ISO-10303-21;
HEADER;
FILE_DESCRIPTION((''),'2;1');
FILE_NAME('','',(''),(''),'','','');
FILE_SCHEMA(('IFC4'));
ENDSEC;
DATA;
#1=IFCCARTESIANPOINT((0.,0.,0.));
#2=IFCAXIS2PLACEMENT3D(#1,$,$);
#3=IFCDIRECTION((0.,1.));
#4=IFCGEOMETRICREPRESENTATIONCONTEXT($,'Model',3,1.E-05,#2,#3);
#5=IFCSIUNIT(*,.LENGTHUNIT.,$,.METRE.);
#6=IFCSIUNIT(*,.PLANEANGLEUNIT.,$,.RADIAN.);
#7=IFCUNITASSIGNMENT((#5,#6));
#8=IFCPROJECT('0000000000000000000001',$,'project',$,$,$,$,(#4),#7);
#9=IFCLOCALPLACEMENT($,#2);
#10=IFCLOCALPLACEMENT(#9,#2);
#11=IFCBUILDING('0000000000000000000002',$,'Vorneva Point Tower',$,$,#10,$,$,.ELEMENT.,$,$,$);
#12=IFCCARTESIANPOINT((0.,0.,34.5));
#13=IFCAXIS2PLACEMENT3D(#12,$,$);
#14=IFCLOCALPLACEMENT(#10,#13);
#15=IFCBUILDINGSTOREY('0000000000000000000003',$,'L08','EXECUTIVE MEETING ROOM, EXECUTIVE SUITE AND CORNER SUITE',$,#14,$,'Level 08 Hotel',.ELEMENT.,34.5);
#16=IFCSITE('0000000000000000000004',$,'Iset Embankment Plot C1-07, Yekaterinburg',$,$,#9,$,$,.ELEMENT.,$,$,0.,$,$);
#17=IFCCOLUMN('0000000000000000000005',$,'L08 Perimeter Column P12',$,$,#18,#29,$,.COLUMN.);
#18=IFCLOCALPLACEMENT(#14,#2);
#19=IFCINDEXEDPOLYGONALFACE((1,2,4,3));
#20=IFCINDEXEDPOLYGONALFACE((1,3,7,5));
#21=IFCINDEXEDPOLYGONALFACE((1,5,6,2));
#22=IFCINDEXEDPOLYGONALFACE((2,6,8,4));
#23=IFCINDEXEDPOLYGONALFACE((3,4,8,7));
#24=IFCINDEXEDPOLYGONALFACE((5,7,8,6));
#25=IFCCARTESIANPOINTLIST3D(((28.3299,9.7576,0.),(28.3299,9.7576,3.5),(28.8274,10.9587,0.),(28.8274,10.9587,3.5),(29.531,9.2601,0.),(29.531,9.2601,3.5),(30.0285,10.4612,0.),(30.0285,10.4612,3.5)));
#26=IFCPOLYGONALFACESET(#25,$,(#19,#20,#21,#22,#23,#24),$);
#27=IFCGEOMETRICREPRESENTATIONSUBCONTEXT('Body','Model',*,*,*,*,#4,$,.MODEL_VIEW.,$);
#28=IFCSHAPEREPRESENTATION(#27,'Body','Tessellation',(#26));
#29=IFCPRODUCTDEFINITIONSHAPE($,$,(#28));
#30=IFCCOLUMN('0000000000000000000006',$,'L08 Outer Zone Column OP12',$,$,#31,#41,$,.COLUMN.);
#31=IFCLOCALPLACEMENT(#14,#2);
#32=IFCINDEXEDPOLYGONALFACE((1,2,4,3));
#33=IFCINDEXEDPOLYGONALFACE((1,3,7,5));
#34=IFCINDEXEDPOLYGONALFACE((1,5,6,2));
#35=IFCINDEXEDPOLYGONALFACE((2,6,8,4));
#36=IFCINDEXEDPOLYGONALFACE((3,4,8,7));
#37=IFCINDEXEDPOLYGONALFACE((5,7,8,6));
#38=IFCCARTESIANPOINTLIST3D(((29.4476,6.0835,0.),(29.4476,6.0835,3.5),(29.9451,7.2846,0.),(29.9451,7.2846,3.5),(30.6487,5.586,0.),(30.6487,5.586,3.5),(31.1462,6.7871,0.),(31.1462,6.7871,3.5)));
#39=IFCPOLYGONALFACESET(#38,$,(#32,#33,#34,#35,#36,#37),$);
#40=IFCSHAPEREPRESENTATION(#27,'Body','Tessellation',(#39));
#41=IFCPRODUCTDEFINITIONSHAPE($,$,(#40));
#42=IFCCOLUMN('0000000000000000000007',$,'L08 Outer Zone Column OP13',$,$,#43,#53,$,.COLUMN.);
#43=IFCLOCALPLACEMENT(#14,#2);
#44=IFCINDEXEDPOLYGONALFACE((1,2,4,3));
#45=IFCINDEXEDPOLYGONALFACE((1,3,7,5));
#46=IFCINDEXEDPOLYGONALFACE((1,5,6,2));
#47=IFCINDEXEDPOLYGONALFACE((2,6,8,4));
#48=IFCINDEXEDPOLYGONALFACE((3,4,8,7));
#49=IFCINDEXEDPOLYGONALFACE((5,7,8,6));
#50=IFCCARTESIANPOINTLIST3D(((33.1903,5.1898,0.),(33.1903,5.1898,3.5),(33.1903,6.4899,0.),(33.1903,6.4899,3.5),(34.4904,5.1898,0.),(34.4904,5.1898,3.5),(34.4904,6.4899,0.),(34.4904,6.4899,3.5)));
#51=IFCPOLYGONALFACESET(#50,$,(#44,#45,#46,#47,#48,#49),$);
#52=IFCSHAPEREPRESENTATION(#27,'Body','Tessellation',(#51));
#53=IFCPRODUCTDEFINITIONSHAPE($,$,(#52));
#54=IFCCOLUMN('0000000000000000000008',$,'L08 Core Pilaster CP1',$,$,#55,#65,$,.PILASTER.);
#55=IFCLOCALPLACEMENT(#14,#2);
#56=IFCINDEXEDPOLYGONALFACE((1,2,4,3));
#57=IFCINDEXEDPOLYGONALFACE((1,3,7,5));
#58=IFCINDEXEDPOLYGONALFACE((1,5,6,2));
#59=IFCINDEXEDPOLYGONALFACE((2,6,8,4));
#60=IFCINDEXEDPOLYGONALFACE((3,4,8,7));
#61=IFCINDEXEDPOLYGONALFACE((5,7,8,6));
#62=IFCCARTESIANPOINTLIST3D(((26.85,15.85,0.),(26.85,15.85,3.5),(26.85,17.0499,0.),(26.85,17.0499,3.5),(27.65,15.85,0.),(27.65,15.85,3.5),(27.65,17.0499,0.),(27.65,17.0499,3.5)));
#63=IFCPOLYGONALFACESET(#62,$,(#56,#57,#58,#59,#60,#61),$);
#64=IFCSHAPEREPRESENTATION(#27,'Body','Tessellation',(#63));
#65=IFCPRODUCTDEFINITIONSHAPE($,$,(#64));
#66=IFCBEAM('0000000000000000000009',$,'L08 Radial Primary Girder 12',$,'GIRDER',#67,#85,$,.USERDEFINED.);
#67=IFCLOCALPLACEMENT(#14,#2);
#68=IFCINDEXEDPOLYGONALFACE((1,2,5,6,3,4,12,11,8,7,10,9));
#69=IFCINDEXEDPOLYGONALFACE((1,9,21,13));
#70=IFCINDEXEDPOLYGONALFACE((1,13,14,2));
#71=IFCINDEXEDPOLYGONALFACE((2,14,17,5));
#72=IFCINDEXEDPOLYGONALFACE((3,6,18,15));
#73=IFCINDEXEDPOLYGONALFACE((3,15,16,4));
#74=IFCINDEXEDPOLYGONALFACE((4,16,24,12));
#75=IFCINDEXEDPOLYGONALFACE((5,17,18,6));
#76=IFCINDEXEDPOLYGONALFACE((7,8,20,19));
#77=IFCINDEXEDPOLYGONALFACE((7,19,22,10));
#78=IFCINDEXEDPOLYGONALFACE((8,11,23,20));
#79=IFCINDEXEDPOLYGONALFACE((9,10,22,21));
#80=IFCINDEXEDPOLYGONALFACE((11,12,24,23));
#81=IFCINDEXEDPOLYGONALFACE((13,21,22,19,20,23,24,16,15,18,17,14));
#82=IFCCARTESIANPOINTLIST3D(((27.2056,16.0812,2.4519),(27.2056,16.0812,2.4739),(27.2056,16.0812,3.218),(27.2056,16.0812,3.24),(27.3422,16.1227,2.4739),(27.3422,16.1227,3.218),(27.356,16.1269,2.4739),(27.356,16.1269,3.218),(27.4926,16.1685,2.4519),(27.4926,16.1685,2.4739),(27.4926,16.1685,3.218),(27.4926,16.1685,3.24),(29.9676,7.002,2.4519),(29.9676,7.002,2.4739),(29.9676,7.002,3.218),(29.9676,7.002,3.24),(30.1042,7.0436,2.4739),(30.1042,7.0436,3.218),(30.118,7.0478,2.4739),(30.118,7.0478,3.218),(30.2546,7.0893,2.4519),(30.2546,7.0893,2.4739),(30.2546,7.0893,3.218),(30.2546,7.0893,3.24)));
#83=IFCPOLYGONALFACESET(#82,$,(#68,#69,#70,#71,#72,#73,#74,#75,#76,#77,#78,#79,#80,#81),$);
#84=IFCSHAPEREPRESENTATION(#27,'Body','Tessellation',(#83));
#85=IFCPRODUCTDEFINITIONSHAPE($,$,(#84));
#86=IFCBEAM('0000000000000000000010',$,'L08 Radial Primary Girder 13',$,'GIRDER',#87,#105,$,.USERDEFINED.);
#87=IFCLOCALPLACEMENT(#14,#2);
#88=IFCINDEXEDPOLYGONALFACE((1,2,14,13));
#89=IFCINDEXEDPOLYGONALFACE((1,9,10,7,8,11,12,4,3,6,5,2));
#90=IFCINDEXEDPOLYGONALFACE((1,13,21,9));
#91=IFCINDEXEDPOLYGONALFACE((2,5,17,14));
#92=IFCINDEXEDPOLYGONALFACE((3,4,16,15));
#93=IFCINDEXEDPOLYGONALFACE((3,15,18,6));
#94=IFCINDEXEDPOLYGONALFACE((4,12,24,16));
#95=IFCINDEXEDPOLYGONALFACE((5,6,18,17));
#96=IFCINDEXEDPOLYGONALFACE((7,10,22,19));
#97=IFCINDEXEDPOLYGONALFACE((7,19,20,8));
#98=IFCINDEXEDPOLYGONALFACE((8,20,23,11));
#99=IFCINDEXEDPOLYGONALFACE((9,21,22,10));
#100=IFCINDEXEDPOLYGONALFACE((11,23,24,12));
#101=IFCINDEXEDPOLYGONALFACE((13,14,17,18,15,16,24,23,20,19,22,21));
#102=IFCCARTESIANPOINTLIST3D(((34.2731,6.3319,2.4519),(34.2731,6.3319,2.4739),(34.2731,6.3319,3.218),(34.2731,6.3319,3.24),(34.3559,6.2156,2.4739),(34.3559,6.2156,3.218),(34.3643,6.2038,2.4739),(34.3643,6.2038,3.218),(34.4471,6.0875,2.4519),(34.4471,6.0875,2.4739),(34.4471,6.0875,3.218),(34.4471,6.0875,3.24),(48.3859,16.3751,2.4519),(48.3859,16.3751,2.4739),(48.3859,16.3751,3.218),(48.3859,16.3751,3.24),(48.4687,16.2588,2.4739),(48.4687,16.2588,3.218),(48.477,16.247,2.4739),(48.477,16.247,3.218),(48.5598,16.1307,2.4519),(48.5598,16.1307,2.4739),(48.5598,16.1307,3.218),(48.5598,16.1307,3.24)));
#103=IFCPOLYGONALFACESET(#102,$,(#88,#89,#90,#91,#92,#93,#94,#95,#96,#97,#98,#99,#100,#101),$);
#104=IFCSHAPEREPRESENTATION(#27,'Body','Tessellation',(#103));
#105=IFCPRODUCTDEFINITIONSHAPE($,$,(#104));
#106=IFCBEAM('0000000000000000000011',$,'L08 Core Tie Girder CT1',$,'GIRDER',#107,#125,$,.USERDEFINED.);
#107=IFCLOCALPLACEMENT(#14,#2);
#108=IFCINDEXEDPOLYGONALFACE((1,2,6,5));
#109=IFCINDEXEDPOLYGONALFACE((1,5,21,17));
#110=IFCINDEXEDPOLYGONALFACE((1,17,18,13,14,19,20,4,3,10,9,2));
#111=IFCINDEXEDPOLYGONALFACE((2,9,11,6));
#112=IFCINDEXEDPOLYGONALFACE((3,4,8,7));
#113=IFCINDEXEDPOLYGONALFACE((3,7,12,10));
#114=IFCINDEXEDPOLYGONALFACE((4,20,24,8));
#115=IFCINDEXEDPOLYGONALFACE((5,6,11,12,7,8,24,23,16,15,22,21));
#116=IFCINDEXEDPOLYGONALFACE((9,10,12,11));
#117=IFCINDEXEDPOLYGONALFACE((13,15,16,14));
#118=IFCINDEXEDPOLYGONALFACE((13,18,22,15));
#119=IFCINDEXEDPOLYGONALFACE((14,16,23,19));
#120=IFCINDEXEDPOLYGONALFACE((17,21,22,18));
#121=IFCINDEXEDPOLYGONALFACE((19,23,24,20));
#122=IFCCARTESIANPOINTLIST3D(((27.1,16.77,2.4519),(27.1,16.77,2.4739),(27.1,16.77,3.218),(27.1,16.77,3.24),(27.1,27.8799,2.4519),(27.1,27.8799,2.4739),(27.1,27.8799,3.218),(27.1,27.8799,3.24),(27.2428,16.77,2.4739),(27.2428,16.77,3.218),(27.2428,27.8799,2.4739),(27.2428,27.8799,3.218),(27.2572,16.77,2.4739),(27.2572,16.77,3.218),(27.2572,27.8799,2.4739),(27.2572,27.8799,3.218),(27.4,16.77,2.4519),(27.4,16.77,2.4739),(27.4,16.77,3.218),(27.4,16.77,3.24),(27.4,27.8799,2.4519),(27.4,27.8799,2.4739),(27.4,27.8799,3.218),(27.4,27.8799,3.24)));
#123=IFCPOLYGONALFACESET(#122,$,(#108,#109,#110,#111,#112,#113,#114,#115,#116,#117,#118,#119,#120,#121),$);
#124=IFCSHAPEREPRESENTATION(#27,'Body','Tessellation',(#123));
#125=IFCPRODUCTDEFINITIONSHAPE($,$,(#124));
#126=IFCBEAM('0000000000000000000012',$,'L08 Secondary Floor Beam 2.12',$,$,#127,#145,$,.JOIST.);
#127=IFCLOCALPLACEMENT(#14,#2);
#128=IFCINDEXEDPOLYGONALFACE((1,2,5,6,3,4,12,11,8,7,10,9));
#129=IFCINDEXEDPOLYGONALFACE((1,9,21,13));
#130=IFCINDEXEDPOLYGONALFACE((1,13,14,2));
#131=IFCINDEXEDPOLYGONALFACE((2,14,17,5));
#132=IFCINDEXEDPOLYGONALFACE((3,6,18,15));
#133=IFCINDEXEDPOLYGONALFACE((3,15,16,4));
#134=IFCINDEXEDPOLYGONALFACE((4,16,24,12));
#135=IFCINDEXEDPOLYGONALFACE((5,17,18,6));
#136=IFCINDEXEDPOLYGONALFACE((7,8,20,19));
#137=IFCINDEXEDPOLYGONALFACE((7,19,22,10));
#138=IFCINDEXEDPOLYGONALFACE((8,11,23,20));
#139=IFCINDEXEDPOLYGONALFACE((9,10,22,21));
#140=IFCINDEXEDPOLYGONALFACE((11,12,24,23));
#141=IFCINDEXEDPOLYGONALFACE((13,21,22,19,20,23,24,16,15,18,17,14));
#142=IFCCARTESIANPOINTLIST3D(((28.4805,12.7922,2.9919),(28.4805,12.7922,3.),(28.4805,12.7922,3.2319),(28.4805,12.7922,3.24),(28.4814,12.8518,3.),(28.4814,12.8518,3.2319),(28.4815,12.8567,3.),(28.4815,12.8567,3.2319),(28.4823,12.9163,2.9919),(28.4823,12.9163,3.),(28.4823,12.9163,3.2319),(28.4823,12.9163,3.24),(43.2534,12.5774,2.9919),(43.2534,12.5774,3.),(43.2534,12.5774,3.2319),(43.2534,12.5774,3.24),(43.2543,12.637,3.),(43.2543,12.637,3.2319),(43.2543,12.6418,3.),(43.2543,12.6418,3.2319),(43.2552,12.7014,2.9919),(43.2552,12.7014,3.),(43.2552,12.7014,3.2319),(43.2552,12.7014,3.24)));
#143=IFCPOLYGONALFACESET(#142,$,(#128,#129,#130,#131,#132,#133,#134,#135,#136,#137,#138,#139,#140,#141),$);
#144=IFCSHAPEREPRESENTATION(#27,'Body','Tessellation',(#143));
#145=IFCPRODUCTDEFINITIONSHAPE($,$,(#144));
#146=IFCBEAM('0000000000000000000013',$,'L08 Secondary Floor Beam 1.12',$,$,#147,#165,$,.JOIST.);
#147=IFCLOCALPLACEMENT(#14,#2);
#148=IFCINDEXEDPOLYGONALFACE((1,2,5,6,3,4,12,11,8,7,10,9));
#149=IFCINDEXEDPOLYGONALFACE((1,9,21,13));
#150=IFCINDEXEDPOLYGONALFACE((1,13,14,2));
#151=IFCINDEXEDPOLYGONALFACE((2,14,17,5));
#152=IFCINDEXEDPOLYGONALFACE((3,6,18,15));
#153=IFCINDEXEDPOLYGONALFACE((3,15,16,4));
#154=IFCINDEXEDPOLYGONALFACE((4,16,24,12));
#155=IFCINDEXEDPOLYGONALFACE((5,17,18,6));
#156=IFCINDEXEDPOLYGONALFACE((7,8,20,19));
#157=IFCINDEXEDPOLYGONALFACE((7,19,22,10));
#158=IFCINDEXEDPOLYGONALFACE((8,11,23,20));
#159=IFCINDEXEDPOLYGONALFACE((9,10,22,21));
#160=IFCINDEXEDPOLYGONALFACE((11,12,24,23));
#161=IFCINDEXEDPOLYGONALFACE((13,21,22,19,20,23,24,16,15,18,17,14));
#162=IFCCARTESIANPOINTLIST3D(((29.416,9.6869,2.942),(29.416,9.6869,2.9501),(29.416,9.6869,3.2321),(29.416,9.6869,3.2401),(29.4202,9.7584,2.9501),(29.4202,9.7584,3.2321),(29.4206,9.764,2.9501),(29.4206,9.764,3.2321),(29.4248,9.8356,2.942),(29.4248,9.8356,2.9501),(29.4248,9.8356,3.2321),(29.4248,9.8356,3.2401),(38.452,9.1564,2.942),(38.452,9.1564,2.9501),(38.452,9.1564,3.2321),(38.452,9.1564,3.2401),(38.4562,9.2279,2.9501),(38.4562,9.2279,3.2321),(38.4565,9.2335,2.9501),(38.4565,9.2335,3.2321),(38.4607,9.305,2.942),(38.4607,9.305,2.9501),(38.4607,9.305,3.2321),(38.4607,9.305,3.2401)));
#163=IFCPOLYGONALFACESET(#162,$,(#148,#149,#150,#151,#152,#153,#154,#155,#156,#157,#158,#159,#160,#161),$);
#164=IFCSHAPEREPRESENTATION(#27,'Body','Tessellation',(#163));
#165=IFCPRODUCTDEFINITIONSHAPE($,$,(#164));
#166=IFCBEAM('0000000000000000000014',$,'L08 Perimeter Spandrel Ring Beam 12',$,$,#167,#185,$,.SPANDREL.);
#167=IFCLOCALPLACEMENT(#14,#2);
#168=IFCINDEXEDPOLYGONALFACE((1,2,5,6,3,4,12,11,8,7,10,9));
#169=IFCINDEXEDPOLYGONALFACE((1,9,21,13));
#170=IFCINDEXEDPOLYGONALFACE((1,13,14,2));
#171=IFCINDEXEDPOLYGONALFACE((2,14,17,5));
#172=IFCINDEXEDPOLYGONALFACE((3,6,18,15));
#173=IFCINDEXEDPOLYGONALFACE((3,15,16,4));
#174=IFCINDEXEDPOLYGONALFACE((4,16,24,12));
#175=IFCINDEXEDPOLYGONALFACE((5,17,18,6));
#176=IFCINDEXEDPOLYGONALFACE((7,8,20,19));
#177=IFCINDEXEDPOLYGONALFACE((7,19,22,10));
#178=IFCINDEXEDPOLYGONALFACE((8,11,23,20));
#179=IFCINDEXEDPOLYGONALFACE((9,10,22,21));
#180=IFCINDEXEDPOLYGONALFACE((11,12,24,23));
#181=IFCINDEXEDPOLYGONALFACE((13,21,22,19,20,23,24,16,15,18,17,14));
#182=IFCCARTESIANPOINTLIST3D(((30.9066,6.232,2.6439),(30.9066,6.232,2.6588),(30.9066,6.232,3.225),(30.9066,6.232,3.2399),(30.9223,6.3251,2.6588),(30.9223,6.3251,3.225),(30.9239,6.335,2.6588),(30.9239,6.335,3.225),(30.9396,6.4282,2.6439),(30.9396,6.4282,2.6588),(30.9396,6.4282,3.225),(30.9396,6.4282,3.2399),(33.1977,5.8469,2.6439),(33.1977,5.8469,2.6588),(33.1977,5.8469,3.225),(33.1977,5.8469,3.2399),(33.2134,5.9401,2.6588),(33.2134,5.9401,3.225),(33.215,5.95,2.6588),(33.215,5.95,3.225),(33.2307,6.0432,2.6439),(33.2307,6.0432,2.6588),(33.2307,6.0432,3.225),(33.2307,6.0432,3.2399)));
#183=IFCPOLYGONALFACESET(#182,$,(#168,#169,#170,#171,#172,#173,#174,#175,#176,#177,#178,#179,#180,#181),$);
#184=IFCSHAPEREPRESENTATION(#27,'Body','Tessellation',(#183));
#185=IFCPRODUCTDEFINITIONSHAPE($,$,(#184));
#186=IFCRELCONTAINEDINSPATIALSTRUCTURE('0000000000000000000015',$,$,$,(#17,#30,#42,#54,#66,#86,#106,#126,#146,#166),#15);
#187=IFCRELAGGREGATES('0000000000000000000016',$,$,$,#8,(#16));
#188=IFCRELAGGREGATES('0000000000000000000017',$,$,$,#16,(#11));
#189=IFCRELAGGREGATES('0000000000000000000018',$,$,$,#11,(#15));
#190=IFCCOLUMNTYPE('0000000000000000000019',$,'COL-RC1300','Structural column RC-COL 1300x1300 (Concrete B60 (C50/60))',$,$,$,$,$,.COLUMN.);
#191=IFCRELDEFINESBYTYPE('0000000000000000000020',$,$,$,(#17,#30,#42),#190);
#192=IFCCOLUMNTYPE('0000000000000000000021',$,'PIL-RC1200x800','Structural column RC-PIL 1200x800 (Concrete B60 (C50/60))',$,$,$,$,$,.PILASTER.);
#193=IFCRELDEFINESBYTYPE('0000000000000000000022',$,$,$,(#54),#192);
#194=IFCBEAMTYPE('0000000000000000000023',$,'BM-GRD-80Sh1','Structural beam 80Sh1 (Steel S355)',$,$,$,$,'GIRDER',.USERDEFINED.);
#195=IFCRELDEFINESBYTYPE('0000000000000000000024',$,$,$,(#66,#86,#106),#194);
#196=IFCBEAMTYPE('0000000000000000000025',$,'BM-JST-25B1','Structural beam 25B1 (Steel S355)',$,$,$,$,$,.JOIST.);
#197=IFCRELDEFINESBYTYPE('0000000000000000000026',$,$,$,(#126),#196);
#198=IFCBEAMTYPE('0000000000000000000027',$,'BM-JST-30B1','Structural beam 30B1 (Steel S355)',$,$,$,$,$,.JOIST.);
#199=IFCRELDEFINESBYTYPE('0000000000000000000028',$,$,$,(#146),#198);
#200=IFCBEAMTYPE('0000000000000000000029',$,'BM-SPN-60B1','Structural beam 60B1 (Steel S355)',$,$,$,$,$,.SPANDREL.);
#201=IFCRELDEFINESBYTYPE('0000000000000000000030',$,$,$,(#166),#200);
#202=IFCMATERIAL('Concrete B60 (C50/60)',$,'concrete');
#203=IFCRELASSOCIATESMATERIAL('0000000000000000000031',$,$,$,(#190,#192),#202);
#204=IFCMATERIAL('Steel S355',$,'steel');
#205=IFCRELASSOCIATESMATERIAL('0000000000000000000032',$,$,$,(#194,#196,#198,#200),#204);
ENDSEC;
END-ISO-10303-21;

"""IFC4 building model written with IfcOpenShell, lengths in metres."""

from ifc_helpers import new_model, si_unit, direction, frame, origin, origin_2d, place, context, subcontext, project, spatial, rectangle, i_section, extrude, material, material_profile, profile_set, type_object, element, save


model = new_model("IFC4")

# Units and contexts
model_context = context("Model", 3, precision=1e-05, world=origin(), true_north=direction((0.0, 1.0)))
body_context = subcontext(model_context, "Body", "Model", "MODEL_VIEW")
ifc_project = project(units=[si_unit("LENGTHUNIT", "METRE"), si_unit("PLANEANGLEUNIT", "RADIAN")], contexts=[model_context])

# Site, building, storey
site_placement = place(None, origin())
site = spatial("IfcSite", under=ifc_project, at=site_placement, Name="Iset Embankment Plot C1-07, Yekaterinburg", CompositionType="ELEMENT", RefElevation=0.0)
building_placement = place(site_placement, origin())
building = spatial("IfcBuilding", under=site, at=building_placement, Name="Vorneva Point Tower", CompositionType="ELEMENT")
storey_placement = place(building_placement, frame((0.0, 0.0, 34.5)))
storey = spatial("IfcBuildingStorey", under=building, at=storey_placement, Name="L08", Description="EXECUTIVE MEETING ROOM, EXECUTIVE SUITE AND CORNER SUITE", LongName="Level 08 Hotel", CompositionType="ELEMENT", Elevation=34.5)

# Columns
ifc_material_1 = material(Name="Concrete B60 (C50/60)", Category="concrete")
ifc_material_profile_1 = material_profile(ifc_material_1, rectangle(XDim=1.3, YDim=1.3, at=origin_2d()), Name="RC-COL 1300x1300")
ifc_profile_set_1 = profile_set([ifc_material_profile_1], Name="Concrete B60 (C50/60)")
column_type_1 = type_object("IfcColumnType", Name="COL-RC1300", Description="Structural column RC-COL 1300x1300 (Concrete B60 (C50/60))", PredefinedType="COLUMN", material=ifc_profile_set_1)
for number, where, z_axis, x_axis, name in (
    (1, (29.1792, 10.1094, 0.0), (0.0, 0.0, 1.0), (-0.382683, -0.92388, 0.0), "L08 Perimeter Column P12"),
    (2, (30.2969, 6.4353, 0.0), (0.0, 0.0, 1.0), (-0.382683, -0.92388, 0.0), "L08 Outer Zone Column OP12"),
    (3, (33.8403, 5.8398, 0.0), (0.0, 0.0, 1.0), (0.0, -1.0, 0.0), "L08 Outer Zone Column OP13"),
):
    element("IfcColumn", number, at=place(storey_placement, frame(where, z_axis=z_axis, x_axis=x_axis)), inside=storey, type_object=column_type_1, Name=name, PredefinedType="COLUMN", context=body_context, shape_type="SweptSolid", body=[
        extrude(rectangle(XDim=1.3, YDim=1.3, at=origin_2d()), origin(), (0.0, 0.0, 1.0), 3.5),
    ])
ifc_material_profile_2 = material_profile(ifc_material_1, rectangle(XDim=0.8, YDim=1.2, at=origin_2d()), Name="RC-PIL 1200x800")
ifc_profile_set_2 = profile_set([ifc_material_profile_2], Name="Concrete B60 (C50/60)")
column_type_2 = type_object("IfcColumnType", Name="PIL-RC1200x800", Description="Structural column RC-PIL 1200x800 (Concrete B60 (C50/60))", PredefinedType="PILASTER", material=ifc_profile_set_2)
column_placement = place(storey_placement, frame((27.25, 16.45, 0.0), z_axis=(0.0, 0.0, 1.0), x_axis=(1.0, 0.0, 0.0)))
element("IfcColumn", 4, at=column_placement, inside=storey, type_object=column_type_2, Name="L08 Core Pilaster CP1", PredefinedType="PILASTER", context=body_context, shape_type="SweptSolid", body=[
    extrude(rectangle(XDim=0.8, YDim=1.2, at=origin_2d()), origin(), (0.0, 0.0, 1.0), 3.5),
])

# Beams
ifc_material_2 = material(Name="Steel S355", Category="steel")
ifc_material_profile_3 = material_profile(ifc_material_2, i_section(OverallWidth=0.3, OverallDepth=0.7881, WebThickness=0.0144, FlangeThickness=0.022, at=origin_2d()), Name="80Sh1")
ifc_profile_set_3 = profile_set([ifc_material_profile_3], Name="Steel S355")
beam_type_1 = type_object("IfcBeamType", Name="BM-GRD-80Sh1", Description="Structural beam 80Sh1 (Steel S355)", ElementType="GIRDER", PredefinedType="USERDEFINED", material=ifc_profile_set_3)
beam_1_placement = place(storey_placement, frame((30.1111, 7.0457, 2.8459), z_axis=(-0.291042, 0.95671, 0.0), x_axis=(-0.95671, -0.291042, 0.0)))
element("IfcBeam", 5, at=beam_1_placement, inside=storey, type_object=beam_type_1, Name="L08 Radial Primary Girder 12", ObjectType="GIRDER", PredefinedType="USERDEFINED", context=body_context, shape_type="SweptSolid", body=[
    extrude(i_section(OverallWidth=0.3, OverallDepth=0.7881, WebThickness=0.0144, FlangeThickness=0.022, at=origin_2d()), origin(), (0.0, 0.0, 1.0), 9.49),
])
beam_2_placement = place(storey_placement, frame((34.3601, 6.2097, 2.8459), z_axis=(0.814752, 0.579809, 0.0), x_axis=(-0.579809, 0.814752, 0.0)))
element("IfcBeam", 6, at=beam_2_placement, inside=storey, type_object=beam_type_1, Name="L08 Radial Primary Girder 13", ObjectType="GIRDER", PredefinedType="USERDEFINED", context=body_context, shape_type="SweptSolid", body=[
    extrude(i_section(OverallWidth=0.3, OverallDepth=0.7881, WebThickness=0.0144, FlangeThickness=0.022, at=origin_2d()), origin(), (0.0, 0.0, 1.0), 17.3215),
])
beam_3_placement = place(storey_placement, frame((27.25, 16.77, 2.8459), z_axis=(0.0, 1.0, 0.0), x_axis=(-1.0, 0.0, 0.0)))
element("IfcBeam", 7, at=beam_3_placement, inside=storey, type_object=beam_type_1, Name="L08 Core Tie Girder CT1", ObjectType="GIRDER", PredefinedType="USERDEFINED", context=body_context, shape_type="SweptSolid", body=[
    extrude(i_section(OverallWidth=0.3, OverallDepth=0.7881, WebThickness=0.0144, FlangeThickness=0.022, at=origin_2d()), origin(), (0.0, 0.0, 1.0), 11.1099),
])
ifc_material_profile_4 = material_profile(ifc_material_2, i_section(OverallWidth=0.124, OverallDepth=0.248, WebThickness=0.0049, FlangeThickness=0.0081, at=origin_2d()), Name="25B1")
ifc_profile_set_4 = profile_set([ifc_material_profile_4], Name="Steel S355")
beam_type_2 = type_object("IfcBeamType", Name="BM-JST-25B1", Description="Structural beam 25B1 (Steel S355)", PredefinedType="JOIST", material=ifc_profile_set_4)
beam_4_placement = place(storey_placement, frame((28.4814, 12.8542, 3.116), z_axis=(0.999894, -0.014542, 0.0), x_axis=(0.014542, 0.999894, 0.0)))
element("IfcBeam", 8, at=beam_4_placement, inside=storey, type_object=beam_type_2, Name="L08 Secondary Floor Beam 2.12", PredefinedType="JOIST", context=body_context, shape_type="SweptSolid", body=[
    extrude(i_section(OverallWidth=0.124, OverallDepth=0.248, WebThickness=0.0049, FlangeThickness=0.0081, at=origin_2d()), origin(), (0.0, 0.0, 1.0), 14.7744),
])
ifc_material_profile_5 = material_profile(ifc_material_2, i_section(OverallWidth=0.1489, OverallDepth=0.2981, WebThickness=0.0056, FlangeThickness=0.0081, at=origin_2d()), Name="30B1")
ifc_profile_set_5 = profile_set([ifc_material_profile_5], Name="Steel S355")
beam_type_3 = type_object("IfcBeamType", Name="BM-JST-30B1", Description="Structural beam 30B1 (Steel S355)", PredefinedType="JOIST", material=ifc_profile_set_5)
beam_5_placement = place(storey_placement, frame((29.4204, 9.7612, 3.0911), z_axis=(0.998281, -0.058611, 0.0), x_axis=(0.058611, 0.998281, 0.0)))
element("IfcBeam", 9, at=beam_5_placement, inside=storey, type_object=beam_type_3, Name="L08 Secondary Floor Beam 1.12", PredefinedType="JOIST", context=body_context, shape_type="SweptSolid", body=[
    extrude(i_section(OverallWidth=0.1489, OverallDepth=0.2981, WebThickness=0.0056, FlangeThickness=0.0081, at=origin_2d()), origin(), (0.0, 0.0, 1.0), 9.0515),
])
ifc_material_profile_6 = material_profile(ifc_material_2, i_section(OverallWidth=0.199, OverallDepth=0.5959, WebThickness=0.01, FlangeThickness=0.0149, at=origin_2d()), Name="60B1")
ifc_profile_set_6 = profile_set([ifc_material_profile_6], Name="Steel S355")
beam_type_4 = type_object("IfcBeamType", Name="BM-SPN-60B1", Description="Structural beam 60B1 (Steel S355)", PredefinedType="SPANDREL", material=ifc_profile_set_6)
beam_6_placement = place(storey_placement, frame((30.9231, 6.3301, 2.9419), z_axis=(0.986171, -0.165728, 0.0), x_axis=(0.165728, 0.986171, 0.0)))
element("IfcBeam", 10, at=beam_6_placement, inside=storey, type_object=beam_type_4, Name="L08 Perimeter Spandrel Ring Beam 12", PredefinedType="SPANDREL", context=body_context, shape_type="SweptSolid", body=[
    extrude(i_section(OverallWidth=0.199, OverallDepth=0.5959, WebThickness=0.01, FlangeThickness=0.0149, at=origin_2d()), origin(), (0.0, 0.0, 1.0), 2.3232),
])

save(model, "model.ifc")
